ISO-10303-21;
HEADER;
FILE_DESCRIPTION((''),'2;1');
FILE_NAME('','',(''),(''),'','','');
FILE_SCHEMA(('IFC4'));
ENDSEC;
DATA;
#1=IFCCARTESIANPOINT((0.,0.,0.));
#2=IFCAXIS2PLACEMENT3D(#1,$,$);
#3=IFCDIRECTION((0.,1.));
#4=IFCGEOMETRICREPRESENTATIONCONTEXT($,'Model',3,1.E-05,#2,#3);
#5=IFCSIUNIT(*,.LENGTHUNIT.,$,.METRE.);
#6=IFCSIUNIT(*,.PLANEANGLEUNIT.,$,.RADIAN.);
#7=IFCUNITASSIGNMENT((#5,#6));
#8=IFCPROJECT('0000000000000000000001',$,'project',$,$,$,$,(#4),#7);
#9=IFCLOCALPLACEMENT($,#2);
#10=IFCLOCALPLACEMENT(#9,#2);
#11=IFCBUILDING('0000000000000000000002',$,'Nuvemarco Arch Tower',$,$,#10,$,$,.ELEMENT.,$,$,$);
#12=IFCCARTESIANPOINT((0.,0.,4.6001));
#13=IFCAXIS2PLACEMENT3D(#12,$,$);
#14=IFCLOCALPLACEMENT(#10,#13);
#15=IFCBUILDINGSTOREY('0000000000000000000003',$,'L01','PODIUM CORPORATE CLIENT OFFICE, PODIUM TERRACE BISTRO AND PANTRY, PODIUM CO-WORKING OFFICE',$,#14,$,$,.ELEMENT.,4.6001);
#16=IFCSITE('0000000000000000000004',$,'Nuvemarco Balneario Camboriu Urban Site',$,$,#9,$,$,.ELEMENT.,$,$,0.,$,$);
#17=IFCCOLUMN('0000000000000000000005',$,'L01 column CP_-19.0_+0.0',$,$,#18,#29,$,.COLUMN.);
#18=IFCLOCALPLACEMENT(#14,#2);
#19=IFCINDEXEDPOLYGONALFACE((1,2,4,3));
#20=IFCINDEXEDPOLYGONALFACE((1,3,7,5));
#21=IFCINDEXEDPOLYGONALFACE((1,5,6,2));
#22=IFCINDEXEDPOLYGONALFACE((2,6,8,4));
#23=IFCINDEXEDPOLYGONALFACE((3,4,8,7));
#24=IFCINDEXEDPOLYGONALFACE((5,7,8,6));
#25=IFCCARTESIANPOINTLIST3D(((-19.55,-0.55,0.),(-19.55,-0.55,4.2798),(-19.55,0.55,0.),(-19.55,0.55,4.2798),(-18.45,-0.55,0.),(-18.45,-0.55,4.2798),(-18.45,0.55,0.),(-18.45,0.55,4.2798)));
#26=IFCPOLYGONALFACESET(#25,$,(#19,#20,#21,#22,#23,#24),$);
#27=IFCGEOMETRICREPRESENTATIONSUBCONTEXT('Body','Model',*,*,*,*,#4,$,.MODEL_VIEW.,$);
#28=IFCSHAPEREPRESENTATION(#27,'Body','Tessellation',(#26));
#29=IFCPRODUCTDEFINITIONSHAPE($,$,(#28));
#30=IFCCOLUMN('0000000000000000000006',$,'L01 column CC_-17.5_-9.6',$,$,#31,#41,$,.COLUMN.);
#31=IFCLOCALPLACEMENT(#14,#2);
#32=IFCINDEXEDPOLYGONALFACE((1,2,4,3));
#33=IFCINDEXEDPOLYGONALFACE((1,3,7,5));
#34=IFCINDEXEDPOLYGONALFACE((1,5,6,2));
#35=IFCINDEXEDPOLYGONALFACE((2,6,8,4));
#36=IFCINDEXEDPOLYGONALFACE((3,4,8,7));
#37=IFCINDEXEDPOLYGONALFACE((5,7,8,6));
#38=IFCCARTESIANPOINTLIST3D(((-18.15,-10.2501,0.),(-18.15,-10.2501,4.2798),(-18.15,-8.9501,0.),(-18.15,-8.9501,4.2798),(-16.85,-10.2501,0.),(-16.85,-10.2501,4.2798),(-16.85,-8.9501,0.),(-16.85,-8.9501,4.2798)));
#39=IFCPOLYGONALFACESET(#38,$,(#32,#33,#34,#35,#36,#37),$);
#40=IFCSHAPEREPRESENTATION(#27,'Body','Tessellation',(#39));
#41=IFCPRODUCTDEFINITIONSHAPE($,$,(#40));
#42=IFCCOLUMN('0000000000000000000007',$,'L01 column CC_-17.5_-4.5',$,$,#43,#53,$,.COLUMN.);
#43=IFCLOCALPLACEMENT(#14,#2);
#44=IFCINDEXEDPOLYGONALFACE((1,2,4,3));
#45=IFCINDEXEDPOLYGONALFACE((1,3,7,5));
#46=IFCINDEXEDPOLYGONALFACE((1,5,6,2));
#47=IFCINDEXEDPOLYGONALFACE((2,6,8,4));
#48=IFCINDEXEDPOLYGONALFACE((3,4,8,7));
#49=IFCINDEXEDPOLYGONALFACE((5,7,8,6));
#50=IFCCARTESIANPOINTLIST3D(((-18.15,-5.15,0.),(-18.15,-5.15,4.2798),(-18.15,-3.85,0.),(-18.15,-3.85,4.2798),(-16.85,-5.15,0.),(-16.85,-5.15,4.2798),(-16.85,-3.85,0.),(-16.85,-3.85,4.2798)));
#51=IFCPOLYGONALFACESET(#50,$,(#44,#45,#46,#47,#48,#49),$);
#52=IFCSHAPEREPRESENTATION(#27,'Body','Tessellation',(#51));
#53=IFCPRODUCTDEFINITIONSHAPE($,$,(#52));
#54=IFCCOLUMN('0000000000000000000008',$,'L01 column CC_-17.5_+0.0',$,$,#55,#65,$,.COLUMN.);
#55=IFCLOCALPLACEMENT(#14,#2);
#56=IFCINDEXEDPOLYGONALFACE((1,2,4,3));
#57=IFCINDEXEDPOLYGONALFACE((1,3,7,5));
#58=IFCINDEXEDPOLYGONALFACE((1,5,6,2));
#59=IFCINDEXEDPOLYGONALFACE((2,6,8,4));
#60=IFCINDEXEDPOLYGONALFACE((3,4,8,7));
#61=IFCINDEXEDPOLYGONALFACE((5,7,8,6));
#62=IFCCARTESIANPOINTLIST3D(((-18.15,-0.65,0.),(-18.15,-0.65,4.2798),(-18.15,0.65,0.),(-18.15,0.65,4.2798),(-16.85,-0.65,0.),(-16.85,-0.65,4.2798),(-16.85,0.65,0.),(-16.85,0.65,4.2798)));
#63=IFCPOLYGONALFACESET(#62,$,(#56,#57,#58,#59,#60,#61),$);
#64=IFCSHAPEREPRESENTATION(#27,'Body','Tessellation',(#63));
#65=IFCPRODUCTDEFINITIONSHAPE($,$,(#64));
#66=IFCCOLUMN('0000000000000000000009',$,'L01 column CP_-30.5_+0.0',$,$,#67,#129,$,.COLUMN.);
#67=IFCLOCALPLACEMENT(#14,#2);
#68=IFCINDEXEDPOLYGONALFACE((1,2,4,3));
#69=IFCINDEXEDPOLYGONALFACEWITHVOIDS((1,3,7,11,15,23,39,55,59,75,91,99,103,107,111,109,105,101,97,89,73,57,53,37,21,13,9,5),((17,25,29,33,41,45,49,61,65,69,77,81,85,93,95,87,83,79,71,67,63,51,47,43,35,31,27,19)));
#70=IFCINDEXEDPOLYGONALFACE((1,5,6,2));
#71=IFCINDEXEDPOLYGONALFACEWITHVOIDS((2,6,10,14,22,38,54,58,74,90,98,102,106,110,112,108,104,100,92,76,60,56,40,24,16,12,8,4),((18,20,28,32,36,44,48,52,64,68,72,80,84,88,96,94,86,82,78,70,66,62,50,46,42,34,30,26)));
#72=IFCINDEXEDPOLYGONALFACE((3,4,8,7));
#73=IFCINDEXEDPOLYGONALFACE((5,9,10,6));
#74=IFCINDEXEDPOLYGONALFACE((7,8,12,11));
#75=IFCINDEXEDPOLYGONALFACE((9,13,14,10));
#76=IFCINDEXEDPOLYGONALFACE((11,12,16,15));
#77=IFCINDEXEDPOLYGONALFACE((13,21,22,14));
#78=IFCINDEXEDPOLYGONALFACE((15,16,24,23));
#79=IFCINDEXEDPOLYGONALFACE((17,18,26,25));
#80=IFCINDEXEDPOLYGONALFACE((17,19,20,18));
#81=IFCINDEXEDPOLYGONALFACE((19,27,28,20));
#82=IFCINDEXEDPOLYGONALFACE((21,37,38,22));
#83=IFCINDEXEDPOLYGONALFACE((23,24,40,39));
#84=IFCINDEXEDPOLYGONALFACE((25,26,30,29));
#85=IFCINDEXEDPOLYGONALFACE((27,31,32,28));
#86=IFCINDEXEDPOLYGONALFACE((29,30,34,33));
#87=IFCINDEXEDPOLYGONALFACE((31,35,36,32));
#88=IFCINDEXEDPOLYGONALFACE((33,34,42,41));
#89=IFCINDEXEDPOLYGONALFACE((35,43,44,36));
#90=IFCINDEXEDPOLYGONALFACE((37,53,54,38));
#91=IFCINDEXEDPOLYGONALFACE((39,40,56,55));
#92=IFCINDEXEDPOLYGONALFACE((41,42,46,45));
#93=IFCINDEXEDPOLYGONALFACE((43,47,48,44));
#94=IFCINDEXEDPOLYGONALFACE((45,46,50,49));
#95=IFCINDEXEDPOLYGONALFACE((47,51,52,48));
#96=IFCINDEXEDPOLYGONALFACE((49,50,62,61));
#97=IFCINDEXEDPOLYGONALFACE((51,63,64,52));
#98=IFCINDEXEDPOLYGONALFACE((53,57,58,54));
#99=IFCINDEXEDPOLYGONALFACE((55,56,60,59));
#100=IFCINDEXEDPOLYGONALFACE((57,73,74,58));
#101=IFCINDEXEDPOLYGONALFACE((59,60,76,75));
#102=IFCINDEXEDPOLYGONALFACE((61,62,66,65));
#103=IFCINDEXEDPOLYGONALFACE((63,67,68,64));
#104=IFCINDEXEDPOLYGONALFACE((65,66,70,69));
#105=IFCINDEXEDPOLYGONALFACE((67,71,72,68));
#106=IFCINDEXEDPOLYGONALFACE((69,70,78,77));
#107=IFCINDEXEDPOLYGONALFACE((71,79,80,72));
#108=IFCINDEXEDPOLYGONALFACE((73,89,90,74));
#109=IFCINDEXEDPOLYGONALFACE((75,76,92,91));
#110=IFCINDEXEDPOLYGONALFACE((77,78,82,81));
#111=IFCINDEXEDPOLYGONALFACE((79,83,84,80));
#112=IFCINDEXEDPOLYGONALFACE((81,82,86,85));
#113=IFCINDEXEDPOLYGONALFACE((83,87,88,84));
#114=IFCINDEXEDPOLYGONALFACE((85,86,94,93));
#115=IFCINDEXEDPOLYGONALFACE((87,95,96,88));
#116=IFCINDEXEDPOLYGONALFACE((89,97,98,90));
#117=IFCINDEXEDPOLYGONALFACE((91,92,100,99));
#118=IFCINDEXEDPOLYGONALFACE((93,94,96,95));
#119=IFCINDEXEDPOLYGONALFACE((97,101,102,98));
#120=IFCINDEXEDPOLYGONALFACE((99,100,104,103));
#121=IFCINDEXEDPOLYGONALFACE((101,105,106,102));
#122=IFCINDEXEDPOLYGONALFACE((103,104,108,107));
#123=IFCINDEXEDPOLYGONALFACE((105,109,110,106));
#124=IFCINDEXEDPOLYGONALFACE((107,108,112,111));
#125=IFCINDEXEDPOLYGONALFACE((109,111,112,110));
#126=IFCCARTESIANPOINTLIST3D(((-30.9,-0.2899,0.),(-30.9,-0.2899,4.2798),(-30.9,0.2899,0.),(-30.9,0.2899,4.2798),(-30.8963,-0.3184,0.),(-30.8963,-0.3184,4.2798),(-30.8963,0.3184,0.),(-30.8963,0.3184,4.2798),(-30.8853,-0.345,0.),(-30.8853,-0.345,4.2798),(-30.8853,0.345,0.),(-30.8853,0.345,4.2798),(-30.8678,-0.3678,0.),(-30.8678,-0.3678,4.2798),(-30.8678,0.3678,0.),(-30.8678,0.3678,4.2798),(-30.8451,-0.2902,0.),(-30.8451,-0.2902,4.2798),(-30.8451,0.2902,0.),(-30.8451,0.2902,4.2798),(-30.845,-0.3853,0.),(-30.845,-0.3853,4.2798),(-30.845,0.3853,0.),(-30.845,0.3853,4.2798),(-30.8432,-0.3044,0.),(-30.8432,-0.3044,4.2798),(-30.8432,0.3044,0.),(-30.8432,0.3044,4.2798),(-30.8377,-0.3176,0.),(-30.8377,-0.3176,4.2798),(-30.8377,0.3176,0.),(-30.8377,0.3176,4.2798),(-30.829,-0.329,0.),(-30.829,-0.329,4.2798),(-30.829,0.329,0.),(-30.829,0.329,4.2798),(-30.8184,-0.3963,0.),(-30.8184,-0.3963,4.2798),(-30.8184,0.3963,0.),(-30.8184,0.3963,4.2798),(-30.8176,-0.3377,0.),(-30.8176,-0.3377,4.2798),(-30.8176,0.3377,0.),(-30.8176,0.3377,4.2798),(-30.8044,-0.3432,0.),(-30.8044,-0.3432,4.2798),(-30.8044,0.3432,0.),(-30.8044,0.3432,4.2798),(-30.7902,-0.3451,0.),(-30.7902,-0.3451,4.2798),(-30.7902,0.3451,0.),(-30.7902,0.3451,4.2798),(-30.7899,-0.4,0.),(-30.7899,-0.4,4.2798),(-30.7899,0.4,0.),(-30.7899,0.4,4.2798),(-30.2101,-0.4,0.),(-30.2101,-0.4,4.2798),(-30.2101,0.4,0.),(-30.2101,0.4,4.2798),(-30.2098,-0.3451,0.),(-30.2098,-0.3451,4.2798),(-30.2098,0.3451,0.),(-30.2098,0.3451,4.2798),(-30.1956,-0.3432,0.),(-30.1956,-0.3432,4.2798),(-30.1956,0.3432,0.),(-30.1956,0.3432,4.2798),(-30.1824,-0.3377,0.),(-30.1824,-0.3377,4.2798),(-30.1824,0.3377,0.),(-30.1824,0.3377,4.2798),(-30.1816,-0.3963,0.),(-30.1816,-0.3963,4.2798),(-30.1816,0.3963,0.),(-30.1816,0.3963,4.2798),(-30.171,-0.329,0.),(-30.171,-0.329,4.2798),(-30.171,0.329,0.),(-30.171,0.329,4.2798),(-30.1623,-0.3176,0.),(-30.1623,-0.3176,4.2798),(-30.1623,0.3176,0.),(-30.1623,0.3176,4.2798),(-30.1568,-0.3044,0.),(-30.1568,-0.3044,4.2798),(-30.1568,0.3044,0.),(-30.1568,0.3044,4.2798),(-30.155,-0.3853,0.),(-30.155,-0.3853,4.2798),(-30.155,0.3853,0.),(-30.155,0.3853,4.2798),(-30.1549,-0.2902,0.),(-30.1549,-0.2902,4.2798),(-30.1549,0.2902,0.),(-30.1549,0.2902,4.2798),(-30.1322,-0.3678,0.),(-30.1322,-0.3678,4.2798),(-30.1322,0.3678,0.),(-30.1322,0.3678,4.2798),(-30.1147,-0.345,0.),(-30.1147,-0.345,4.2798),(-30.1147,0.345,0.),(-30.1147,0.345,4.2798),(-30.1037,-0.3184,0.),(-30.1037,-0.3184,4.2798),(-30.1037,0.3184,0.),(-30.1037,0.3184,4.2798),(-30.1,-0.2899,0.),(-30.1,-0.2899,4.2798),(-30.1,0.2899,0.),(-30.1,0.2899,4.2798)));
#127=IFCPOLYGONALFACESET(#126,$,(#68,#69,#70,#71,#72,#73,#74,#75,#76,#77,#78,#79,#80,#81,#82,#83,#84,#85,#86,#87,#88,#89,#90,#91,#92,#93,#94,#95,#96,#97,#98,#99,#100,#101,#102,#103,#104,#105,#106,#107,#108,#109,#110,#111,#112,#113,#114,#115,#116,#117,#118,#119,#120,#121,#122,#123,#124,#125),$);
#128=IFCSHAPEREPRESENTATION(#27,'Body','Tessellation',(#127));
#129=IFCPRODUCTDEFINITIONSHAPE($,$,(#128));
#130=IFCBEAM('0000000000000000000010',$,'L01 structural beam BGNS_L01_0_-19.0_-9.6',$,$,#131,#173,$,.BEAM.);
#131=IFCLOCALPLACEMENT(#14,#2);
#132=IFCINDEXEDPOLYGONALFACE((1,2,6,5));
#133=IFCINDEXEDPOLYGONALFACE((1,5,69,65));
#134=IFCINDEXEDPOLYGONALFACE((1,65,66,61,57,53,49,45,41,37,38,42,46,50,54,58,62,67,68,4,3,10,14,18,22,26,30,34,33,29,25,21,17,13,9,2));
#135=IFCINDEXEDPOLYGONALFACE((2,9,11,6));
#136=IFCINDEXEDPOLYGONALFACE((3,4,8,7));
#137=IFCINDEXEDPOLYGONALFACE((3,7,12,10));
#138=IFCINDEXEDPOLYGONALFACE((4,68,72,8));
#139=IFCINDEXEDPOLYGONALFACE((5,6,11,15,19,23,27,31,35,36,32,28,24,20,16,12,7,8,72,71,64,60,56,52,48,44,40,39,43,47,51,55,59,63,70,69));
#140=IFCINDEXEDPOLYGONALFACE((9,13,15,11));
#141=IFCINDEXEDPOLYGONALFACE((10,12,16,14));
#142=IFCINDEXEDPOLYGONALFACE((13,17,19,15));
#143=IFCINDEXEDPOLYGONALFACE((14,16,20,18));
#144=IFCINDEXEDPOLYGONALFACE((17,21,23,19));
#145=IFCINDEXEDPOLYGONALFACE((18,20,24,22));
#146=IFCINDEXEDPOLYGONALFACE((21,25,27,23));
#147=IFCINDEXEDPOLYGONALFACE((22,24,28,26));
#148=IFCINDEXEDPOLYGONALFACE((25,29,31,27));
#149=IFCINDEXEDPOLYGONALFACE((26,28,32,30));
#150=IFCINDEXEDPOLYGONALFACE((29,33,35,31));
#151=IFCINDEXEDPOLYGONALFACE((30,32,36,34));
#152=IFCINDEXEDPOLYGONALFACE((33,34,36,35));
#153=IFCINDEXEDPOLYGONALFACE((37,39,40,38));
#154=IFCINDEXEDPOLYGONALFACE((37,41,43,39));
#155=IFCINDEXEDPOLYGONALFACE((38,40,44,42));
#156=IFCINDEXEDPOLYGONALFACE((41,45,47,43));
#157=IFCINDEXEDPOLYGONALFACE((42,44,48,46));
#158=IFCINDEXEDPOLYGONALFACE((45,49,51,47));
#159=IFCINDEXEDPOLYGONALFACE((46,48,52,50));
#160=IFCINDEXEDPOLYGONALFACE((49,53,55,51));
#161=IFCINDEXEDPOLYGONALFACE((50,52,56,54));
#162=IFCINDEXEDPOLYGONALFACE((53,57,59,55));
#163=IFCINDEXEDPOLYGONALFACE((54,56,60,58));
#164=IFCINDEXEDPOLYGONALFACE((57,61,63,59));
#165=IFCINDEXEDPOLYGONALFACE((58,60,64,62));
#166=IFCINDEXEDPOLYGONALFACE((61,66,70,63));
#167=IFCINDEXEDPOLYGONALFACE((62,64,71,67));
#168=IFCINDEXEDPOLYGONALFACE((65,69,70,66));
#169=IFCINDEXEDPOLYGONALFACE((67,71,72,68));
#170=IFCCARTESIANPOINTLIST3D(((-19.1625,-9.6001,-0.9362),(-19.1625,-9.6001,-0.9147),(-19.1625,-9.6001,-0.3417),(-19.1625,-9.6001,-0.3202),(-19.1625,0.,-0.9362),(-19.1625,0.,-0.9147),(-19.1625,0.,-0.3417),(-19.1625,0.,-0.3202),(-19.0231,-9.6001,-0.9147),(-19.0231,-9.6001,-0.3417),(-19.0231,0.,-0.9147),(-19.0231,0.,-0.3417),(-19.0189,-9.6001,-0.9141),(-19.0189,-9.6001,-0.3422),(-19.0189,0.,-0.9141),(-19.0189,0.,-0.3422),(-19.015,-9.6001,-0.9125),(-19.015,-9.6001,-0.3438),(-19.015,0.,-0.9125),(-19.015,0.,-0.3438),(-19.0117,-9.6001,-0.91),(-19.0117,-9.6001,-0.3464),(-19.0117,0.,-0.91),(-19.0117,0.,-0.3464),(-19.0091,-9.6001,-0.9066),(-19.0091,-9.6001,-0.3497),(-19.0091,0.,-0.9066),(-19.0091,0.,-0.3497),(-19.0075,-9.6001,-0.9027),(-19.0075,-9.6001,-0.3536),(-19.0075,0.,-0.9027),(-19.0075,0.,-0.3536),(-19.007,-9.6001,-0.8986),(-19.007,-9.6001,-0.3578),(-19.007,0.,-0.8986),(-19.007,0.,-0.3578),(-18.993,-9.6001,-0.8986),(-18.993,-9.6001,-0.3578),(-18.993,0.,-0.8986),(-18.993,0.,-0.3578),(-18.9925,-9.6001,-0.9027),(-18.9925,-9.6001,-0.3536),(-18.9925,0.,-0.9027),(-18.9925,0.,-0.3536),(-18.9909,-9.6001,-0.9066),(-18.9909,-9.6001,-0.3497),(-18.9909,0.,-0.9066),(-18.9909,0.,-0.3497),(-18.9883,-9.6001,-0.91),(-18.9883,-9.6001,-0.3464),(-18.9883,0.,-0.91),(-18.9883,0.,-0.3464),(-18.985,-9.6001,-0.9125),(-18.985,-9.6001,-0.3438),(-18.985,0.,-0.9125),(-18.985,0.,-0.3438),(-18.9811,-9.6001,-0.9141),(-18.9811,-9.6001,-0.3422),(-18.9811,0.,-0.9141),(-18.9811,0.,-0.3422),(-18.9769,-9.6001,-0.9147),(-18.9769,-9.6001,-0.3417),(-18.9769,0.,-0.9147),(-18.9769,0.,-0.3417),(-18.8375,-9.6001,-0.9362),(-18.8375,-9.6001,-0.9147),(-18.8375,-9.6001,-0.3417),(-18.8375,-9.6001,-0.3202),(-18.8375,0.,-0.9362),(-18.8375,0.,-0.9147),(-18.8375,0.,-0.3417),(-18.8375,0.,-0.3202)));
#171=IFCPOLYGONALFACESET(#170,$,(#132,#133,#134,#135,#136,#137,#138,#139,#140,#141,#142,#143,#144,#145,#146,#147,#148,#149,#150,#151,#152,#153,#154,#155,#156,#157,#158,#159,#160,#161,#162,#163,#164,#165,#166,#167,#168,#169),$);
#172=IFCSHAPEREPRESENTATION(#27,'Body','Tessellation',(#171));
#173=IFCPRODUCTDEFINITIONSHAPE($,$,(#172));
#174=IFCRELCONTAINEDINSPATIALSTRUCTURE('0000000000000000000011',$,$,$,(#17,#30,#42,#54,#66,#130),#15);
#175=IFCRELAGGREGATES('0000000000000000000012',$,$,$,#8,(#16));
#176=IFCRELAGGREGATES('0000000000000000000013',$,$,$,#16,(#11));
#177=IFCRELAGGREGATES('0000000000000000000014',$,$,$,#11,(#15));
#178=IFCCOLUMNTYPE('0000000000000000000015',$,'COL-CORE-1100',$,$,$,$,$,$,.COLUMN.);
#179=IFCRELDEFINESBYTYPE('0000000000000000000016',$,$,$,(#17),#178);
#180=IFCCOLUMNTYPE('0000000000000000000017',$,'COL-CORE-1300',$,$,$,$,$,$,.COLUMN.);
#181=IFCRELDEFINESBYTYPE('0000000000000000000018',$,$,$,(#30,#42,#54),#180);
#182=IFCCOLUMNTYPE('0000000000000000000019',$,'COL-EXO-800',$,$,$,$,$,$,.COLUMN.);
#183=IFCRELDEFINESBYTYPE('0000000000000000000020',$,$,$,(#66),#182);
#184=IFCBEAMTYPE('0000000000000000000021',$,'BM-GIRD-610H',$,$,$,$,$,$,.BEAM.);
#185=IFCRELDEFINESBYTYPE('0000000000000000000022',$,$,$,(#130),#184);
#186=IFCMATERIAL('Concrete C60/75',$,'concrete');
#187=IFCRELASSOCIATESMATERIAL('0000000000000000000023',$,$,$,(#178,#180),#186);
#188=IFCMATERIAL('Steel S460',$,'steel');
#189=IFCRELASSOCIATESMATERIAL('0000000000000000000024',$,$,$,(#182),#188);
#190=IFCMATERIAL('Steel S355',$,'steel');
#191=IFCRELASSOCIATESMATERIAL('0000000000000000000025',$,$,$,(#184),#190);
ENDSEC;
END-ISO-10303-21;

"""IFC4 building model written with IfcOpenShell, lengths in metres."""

from ifc_helpers import new_model, si_unit, direction, frame, origin, origin_2d, place, context, subcontext, project, spatial, rectangle, hollow_rectangle, i_section, extrude, material, material_profile, profile_set, type_object, element, save


model = new_model("IFC4")

# Units and contexts
model_context = context("Model", 3, precision=1e-05, world=origin(), true_north=direction((0.0, 1.0)))
body_context = subcontext(model_context, "Body", "Model", "MODEL_VIEW")
ifc_project = project(units=[si_unit("LENGTHUNIT", "METRE"), si_unit("PLANEANGLEUNIT", "RADIAN")], contexts=[model_context])

# Site, building, storey
site_placement = place(None, origin())
site = spatial("IfcSite", under=ifc_project, at=site_placement, Name="Nuvemarco Balneario Camboriu Urban Site", CompositionType="ELEMENT", RefElevation=0.0)
building_placement = place(site_placement, origin())
building = spatial("IfcBuilding", under=site, at=building_placement, Name="Nuvemarco Arch Tower", CompositionType="ELEMENT")
storey_placement = place(building_placement, frame((0.0, 0.0, 4.6001)))
storey = spatial("IfcBuildingStorey", under=building, at=storey_placement, Name="L01", Description="PODIUM CORPORATE CLIENT OFFICE, PODIUM TERRACE BISTRO AND PANTRY, PODIUM CO-WORKING OFFICE", CompositionType="ELEMENT", Elevation=4.6001)

# Columns
ifc_material_1 = material(Name="Concrete C60/75", Category="concrete")
ifc_material_profile_1 = material_profile(ifc_material_1, rectangle(XDim=1.1001, YDim=1.1001, at=origin_2d()), Name="RC-COL-1100x1100")
ifc_profile_set_1 = profile_set([ifc_material_profile_1], Name="Concrete C60/75")
column_type_1 = type_object("IfcColumnType", Name="COL-CORE-1100", PredefinedType="COLUMN", material=ifc_profile_set_1)
column_1_placement = place(storey_placement, frame((-19.0, 0.0, 0.0), z_axis=(0.0, 0.0, 1.0), x_axis=(1.0, 0.0, 0.0)))
element("IfcColumn", 1, at=column_1_placement, inside=storey, type_object=column_type_1, Name="L01 column CP_-19.0_+0.0", PredefinedType="COLUMN", context=body_context, shape_type="SweptSolid", body=[
    extrude(rectangle(XDim=1.1001, YDim=1.1001, at=origin_2d()), origin(), (0.0, 0.0, 1.0), 4.2798),
])
ifc_material_profile_2 = material_profile(ifc_material_1, rectangle(XDim=1.3, YDim=1.3, at=origin_2d()), Name="RC-COL-1300x1300")
ifc_profile_set_2 = profile_set([ifc_material_profile_2], Name="Concrete C60/75")
column_type_2 = type_object("IfcColumnType", Name="COL-CORE-1300", PredefinedType="COLUMN", material=ifc_profile_set_2)
for number, where, z_axis, x_axis, name in (
    (2, (-17.5, -9.6001, 0.0), (0.0, 0.0, 1.0), (1.0, 0.0, 0.0), "L01 column CC_-17.5_-9.6"),
    (3, (-17.5, -4.5, 0.0), (0.0, 0.0, 1.0), (1.0, 0.0, 0.0), "L01 column CC_-17.5_-4.5"),
    (4, (-17.5, 0.0, 0.0), (0.0, 0.0, 1.0), (1.0, 0.0, 0.0), "L01 column CC_-17.5_+0.0"),
):
    element("IfcColumn", number, at=place(storey_placement, frame(where, z_axis=z_axis, x_axis=x_axis)), inside=storey, type_object=column_type_2, Name=name, PredefinedType="COLUMN", context=body_context, shape_type="SweptSolid", body=[
        extrude(rectangle(XDim=1.3, YDim=1.3, at=origin_2d()), origin(), (0.0, 0.0, 1.0), 4.2798),
    ])
ifc_material_2 = material(Name="Steel S460", Category="steel")
ifc_material_profile_3 = material_profile(ifc_material_2, hollow_rectangle(XDim=0.8, YDim=0.8, WallThickness=0.0549, InnerFilletRadius=0.0549, OuterFilletRadius=0.1101, at=origin_2d()), Name="SHS800x800x55")
ifc_profile_set_3 = profile_set([ifc_material_profile_3], Name="Steel S460")
column_type_3 = type_object("IfcColumnType", Name="COL-EXO-800", PredefinedType="COLUMN", material=ifc_profile_set_3)
column_2_placement = place(storey_placement, frame((-30.5, 0.0, 0.0), z_axis=(0.0, 0.0, 1.0), x_axis=(1.0, 0.0, 0.0)))
element("IfcColumn", 5, at=column_2_placement, inside=storey, type_object=column_type_3, Name="L01 column CP_-30.5_+0.0", PredefinedType="COLUMN", context=body_context, shape_type="SweptSolid", body=[
    extrude(hollow_rectangle(XDim=0.8, YDim=0.8, WallThickness=0.0549, InnerFilletRadius=0.0549, OuterFilletRadius=0.1101, at=origin_2d()), origin(), (0.0, 0.0, 1.0), 4.2798),
])

# Beam
ifc_material_3 = material(Name="Steel S355", Category="steel")
ifc_material_profile_4 = material_profile(ifc_material_3, i_section(OverallWidth=0.325, OverallDepth=0.616, WebThickness=0.0139, FlangeThickness=0.0215, FilletRadius=0.0161, at=origin_2d()), Name="W610x174")
ifc_profile_set_4 = profile_set([ifc_material_profile_4], Name="Steel S355")
beam_type_1 = type_object("IfcBeamType", Name="BM-GIRD-610H", PredefinedType="BEAM", material=ifc_profile_set_4)
for number, where, z_axis, x_axis, name in (
    (6, (-19.0, -9.6001, -0.6282), (0.0, 1.0, 0.0), (-1.0, 0.0, 0.0), "L01 structural beam BGNS_L01_0_-19.0_-9.6"),
):
    element("IfcBeam", number, at=place(storey_placement, frame(where, z_axis=z_axis, x_axis=x_axis)), inside=storey, type_object=beam_type_1, Name=name, PredefinedType="BEAM", context=body_context, shape_type="SweptSolid", body=[
        extrude(i_section(OverallWidth=0.325, OverallDepth=0.616, WebThickness=0.0139, FlangeThickness=0.0215, FilletRadius=0.0161, at=origin_2d()), origin(), (0.0, 0.0, 1.0), 9.6001),
    ])

save(model, "model.ifc")
